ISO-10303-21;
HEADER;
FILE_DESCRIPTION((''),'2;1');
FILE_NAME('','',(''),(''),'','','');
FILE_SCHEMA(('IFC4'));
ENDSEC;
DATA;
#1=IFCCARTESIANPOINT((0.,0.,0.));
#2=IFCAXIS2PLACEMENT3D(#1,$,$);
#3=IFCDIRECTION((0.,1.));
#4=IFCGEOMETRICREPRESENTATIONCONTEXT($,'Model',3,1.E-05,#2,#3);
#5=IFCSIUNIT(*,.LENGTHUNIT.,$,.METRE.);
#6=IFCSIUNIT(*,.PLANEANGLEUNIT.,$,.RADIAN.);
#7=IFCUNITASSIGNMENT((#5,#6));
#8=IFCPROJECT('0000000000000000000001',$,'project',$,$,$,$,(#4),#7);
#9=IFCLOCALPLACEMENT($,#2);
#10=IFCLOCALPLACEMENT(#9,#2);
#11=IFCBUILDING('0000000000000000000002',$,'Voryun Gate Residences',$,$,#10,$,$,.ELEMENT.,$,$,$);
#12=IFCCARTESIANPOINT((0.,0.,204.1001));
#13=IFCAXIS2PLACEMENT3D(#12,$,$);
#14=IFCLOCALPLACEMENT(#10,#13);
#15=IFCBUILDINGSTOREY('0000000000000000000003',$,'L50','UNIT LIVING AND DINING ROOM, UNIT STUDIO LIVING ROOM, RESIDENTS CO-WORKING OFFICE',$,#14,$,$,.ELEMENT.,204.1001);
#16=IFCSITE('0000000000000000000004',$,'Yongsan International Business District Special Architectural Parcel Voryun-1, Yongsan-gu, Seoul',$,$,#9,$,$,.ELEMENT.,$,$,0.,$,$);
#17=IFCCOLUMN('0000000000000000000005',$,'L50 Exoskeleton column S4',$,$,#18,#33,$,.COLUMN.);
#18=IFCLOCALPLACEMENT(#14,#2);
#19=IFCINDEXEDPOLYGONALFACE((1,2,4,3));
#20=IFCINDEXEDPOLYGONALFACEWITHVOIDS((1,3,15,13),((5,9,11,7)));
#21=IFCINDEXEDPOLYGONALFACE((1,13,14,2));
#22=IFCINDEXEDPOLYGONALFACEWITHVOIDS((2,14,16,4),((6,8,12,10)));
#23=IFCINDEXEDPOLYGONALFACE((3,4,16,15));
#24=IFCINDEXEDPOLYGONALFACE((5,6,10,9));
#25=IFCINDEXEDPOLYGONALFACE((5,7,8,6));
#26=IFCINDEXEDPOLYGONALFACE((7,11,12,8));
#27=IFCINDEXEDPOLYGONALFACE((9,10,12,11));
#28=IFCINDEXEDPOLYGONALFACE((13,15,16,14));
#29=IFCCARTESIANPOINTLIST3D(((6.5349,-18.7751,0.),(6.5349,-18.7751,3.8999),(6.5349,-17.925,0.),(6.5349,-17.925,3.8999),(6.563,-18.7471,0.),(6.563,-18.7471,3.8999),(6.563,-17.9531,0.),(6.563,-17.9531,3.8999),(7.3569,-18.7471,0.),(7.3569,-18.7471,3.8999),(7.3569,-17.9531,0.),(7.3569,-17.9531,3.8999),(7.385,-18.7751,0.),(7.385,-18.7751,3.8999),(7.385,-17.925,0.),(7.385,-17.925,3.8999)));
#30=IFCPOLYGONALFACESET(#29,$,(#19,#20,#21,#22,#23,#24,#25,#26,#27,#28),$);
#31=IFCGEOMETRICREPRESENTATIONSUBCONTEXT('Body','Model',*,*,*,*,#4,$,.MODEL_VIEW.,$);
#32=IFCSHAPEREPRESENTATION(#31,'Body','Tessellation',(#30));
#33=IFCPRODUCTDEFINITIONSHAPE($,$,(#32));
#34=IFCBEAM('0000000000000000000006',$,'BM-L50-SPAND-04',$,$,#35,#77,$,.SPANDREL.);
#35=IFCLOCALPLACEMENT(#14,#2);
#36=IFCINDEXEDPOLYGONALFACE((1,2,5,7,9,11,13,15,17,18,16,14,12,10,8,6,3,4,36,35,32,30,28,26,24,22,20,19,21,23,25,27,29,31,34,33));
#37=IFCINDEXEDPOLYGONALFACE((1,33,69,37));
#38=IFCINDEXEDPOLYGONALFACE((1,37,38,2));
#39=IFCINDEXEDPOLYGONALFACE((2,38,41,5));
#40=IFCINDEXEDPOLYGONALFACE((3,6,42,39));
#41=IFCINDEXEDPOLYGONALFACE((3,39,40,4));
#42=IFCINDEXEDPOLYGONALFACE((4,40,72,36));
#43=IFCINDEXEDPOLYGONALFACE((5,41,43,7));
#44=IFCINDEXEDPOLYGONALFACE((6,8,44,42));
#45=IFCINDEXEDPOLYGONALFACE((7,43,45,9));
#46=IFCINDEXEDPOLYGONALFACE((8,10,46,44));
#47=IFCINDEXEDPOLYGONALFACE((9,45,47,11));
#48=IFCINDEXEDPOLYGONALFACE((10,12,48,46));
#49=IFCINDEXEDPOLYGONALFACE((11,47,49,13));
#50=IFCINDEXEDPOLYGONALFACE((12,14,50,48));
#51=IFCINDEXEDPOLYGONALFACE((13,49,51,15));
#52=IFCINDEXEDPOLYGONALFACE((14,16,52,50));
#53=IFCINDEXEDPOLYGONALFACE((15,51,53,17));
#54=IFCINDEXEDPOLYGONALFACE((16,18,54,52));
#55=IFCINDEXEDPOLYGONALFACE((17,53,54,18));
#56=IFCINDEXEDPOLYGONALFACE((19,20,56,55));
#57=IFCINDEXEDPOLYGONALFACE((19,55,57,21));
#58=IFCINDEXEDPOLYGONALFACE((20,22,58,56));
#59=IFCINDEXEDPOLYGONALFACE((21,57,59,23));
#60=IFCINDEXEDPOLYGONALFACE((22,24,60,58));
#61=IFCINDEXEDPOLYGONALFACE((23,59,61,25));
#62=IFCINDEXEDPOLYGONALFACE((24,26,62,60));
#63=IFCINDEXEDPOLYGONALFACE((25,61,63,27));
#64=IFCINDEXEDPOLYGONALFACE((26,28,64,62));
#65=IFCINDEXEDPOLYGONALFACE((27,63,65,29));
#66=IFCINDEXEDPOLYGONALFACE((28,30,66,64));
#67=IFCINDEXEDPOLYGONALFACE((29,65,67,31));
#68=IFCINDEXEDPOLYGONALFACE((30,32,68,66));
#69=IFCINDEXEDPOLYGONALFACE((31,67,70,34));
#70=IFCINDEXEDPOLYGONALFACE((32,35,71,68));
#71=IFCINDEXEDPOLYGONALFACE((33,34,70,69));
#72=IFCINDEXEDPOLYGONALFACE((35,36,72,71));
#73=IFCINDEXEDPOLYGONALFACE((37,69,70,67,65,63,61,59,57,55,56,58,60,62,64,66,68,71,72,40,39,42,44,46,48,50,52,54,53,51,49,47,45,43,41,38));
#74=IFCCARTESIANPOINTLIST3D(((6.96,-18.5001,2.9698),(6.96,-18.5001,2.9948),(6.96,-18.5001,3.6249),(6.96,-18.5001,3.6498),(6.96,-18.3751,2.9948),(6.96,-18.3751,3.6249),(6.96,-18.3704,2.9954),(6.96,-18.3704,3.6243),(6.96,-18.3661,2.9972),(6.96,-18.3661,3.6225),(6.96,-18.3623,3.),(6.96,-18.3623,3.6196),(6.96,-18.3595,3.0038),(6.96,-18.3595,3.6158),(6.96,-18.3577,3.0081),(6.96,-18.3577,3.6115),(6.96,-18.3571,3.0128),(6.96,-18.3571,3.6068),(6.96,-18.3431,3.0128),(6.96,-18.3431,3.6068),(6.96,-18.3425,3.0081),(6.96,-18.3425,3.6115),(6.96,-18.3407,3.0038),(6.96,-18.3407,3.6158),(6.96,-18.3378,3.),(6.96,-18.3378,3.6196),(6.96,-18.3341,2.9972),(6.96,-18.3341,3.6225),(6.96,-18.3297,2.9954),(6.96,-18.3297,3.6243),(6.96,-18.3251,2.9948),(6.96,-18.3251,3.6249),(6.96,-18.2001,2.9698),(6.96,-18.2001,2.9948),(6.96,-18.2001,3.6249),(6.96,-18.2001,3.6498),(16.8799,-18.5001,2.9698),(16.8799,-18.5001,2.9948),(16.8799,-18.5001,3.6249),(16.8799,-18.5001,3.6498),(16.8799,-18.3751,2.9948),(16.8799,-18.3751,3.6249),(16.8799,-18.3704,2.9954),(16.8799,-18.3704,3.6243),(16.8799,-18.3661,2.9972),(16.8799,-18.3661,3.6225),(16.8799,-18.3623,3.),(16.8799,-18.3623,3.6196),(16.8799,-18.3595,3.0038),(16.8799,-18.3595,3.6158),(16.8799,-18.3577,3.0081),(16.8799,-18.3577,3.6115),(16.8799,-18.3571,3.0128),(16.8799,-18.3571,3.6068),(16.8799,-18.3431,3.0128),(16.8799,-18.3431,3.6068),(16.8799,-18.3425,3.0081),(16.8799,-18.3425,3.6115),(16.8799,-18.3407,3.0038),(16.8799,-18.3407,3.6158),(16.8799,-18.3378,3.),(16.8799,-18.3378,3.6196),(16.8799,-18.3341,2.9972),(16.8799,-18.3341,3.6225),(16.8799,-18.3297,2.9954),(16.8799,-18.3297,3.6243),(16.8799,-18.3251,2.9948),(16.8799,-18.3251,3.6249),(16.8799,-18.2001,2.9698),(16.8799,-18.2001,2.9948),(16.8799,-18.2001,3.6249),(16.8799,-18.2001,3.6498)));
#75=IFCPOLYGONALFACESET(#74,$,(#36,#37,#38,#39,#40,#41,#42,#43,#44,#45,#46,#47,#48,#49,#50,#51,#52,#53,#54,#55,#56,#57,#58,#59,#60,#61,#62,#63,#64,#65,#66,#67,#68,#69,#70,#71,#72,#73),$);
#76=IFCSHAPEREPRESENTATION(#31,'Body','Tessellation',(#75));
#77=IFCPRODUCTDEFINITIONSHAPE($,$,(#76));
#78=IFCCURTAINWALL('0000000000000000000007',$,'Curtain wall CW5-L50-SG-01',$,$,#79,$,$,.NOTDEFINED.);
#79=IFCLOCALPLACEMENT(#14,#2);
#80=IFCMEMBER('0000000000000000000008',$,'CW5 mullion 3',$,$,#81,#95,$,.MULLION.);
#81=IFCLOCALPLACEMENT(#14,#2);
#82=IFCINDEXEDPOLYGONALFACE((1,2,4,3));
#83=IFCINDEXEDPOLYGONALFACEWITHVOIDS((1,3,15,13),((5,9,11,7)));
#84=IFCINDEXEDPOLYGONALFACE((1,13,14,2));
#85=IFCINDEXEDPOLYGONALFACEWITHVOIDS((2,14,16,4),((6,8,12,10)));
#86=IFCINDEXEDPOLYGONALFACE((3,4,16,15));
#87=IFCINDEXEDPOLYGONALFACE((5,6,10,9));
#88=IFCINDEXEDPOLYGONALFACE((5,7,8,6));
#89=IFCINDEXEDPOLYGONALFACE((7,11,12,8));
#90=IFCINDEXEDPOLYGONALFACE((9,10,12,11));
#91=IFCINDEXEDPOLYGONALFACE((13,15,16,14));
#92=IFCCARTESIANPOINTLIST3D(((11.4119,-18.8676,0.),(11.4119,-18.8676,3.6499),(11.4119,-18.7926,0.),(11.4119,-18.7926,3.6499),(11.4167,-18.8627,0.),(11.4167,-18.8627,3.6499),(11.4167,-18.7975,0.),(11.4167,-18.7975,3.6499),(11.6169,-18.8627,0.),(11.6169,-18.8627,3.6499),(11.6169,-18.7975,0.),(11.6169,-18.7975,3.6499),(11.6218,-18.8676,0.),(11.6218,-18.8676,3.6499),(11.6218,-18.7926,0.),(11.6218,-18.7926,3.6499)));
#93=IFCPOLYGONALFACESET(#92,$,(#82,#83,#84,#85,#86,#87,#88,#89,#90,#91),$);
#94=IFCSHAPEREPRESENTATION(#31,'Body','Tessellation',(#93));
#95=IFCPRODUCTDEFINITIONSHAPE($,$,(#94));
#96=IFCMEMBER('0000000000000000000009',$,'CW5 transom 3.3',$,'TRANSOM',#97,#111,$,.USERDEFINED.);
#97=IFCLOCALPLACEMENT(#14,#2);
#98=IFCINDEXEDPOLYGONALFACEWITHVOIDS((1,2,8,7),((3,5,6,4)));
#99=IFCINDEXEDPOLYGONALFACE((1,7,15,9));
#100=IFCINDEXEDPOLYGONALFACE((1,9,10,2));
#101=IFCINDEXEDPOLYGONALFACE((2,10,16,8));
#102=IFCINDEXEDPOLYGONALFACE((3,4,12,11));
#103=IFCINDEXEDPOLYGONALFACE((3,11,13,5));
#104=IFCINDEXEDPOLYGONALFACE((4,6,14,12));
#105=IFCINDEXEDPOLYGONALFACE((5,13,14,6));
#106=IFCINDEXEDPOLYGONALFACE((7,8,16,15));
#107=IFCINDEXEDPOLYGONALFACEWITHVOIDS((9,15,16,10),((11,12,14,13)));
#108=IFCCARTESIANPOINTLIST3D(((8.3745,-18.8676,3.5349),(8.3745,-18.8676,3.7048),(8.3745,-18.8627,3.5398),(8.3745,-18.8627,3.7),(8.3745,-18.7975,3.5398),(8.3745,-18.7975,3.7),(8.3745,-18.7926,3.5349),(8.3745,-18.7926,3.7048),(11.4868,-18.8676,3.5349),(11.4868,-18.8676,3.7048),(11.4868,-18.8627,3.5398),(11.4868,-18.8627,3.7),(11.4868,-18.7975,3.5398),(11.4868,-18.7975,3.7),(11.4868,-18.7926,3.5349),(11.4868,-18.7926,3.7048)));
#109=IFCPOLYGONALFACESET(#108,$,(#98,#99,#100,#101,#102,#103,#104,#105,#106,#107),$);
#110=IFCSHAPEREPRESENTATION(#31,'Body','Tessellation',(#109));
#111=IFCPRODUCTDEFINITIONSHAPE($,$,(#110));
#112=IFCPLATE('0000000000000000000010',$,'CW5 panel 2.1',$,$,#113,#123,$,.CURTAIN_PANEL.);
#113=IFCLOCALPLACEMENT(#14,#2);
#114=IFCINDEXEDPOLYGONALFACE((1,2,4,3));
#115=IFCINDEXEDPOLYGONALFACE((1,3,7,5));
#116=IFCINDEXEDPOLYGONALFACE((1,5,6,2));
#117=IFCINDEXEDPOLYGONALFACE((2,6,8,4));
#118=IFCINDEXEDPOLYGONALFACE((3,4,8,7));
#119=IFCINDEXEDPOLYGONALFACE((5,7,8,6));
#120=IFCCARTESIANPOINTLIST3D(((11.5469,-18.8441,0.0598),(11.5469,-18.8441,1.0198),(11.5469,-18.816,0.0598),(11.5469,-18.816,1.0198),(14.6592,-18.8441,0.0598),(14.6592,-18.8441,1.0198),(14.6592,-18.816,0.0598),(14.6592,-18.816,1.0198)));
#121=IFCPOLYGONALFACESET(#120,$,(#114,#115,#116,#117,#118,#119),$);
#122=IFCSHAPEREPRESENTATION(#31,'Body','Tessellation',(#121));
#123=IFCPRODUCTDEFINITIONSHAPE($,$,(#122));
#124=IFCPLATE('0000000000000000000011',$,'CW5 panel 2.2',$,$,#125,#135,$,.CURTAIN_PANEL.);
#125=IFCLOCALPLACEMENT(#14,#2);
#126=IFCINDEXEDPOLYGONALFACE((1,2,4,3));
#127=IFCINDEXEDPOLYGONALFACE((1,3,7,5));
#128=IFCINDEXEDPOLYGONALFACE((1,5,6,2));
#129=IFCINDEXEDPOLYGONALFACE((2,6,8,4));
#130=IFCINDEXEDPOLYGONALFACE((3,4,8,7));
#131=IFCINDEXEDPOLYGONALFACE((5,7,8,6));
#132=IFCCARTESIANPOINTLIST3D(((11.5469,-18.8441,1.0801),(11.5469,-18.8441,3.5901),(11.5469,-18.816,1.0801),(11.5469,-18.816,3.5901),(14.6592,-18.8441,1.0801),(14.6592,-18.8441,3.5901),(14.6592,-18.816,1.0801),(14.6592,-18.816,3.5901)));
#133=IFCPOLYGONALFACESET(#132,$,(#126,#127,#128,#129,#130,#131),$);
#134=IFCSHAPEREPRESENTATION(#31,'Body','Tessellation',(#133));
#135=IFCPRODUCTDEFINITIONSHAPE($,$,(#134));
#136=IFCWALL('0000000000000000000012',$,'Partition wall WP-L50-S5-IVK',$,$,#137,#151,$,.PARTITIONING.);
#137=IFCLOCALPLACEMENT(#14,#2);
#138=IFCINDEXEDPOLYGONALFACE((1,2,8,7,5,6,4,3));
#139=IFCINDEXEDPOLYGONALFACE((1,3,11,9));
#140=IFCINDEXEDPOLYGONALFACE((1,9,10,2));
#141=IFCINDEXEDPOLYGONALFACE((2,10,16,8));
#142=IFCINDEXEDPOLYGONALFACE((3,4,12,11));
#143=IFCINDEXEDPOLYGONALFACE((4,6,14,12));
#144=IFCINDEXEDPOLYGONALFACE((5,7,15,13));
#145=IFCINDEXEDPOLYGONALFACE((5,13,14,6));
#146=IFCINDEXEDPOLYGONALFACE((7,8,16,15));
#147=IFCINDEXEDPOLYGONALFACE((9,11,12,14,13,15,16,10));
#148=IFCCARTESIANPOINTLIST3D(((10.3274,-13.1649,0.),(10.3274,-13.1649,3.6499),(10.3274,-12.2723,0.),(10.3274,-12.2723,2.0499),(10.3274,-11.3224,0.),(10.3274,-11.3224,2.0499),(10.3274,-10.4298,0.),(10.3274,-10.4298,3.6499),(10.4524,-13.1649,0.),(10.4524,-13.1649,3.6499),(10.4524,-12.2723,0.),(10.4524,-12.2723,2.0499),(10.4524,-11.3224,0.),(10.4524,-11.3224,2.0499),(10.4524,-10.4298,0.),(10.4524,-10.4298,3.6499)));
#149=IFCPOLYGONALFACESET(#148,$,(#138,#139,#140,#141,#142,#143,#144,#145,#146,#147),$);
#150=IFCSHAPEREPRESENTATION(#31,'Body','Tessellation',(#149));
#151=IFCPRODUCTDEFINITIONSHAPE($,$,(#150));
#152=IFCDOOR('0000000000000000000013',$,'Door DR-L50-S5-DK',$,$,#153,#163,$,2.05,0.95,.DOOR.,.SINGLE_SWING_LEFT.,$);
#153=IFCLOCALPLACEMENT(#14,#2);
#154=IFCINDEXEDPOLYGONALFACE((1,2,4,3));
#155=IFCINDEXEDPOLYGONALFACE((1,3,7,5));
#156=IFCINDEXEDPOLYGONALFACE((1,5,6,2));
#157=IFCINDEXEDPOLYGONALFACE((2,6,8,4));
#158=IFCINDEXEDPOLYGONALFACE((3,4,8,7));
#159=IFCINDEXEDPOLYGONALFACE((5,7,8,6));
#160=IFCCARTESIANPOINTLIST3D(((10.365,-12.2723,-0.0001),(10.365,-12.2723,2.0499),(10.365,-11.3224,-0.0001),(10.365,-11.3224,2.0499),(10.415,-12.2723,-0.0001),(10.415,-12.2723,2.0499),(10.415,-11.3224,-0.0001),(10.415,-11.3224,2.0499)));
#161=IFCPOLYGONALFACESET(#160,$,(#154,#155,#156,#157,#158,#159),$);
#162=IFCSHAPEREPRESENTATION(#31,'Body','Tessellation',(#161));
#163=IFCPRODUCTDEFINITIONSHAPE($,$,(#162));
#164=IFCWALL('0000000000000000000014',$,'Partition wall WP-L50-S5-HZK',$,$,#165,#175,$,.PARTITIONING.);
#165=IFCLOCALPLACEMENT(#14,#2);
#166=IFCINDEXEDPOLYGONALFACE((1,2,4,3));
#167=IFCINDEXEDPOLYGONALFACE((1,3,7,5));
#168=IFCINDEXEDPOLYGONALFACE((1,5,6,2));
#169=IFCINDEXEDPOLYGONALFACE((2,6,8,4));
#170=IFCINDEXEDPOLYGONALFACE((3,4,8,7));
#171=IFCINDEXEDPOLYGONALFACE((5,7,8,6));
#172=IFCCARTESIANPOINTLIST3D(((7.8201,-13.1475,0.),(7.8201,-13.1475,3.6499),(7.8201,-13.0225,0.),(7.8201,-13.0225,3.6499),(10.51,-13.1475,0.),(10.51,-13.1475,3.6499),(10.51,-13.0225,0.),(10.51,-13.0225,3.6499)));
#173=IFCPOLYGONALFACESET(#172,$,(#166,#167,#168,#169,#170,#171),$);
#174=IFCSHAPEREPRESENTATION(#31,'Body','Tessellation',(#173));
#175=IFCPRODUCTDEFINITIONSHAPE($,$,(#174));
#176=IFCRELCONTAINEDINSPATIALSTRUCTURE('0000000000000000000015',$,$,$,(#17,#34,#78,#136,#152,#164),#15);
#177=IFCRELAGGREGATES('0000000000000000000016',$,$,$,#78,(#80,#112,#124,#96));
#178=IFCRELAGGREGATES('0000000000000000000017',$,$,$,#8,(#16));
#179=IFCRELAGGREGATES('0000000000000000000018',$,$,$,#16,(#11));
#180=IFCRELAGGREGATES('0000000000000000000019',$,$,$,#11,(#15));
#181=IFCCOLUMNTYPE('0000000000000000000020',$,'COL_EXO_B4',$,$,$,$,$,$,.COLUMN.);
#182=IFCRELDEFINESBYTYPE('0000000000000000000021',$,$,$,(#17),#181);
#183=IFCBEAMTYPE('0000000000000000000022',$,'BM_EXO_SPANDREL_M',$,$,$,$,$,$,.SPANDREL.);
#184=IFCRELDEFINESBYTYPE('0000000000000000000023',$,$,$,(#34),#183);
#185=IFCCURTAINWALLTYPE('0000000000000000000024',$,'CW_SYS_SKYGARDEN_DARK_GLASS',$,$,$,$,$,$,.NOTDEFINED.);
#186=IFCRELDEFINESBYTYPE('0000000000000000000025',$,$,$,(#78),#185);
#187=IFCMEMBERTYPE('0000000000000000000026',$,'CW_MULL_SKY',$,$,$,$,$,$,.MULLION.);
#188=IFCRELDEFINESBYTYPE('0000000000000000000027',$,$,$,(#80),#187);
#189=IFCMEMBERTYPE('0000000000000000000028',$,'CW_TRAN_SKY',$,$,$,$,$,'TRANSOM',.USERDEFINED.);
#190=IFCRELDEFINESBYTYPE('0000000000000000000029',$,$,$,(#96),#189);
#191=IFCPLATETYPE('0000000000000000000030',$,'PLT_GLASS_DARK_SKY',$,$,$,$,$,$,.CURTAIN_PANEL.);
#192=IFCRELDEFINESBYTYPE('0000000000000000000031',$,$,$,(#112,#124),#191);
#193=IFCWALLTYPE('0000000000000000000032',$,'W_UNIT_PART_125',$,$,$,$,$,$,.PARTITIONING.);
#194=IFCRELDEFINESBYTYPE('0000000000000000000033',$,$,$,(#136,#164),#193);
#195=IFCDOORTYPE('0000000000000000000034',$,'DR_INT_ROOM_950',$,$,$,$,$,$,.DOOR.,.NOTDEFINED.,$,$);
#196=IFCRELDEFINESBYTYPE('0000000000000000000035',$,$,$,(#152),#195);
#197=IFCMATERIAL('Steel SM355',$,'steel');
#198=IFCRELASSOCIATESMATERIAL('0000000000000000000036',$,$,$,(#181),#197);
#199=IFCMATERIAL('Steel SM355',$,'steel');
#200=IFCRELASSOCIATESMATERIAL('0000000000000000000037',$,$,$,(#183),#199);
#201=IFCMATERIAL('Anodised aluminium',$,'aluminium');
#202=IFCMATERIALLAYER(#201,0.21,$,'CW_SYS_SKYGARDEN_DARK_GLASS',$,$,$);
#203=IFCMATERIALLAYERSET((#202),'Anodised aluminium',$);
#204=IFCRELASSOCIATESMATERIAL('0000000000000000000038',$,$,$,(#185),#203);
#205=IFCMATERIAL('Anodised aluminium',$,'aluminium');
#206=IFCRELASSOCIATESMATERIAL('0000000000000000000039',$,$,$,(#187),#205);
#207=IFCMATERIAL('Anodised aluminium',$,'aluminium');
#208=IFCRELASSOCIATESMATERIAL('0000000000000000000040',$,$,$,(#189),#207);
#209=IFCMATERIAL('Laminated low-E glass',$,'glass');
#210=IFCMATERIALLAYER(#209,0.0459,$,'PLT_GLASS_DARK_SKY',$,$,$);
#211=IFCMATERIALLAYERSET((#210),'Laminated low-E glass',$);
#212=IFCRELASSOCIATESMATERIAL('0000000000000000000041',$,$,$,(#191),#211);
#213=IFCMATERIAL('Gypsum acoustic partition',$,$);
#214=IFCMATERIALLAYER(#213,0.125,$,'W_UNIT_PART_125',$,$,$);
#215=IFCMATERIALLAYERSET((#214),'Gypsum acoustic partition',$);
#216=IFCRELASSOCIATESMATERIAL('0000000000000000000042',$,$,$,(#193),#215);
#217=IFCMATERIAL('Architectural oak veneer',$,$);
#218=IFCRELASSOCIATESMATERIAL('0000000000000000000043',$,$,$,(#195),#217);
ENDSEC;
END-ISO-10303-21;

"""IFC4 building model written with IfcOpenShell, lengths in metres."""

from ifc_helpers import new_model, si_unit, direction, frame, frame_2d, origin, origin_2d, place, context, subcontext, project, spatial, rectangle, hollow_rectangle, i_section, extrude, material, layer, layer_set, material_profile, profile_set, type_object, element, fill, aggregate, save


model = new_model("IFC4")

# Units and contexts
model_context = context("Model", 3, precision=1e-05, world=origin(), true_north=direction((0.0, 1.0)))
body_context = subcontext(model_context, "Body", "Model", "MODEL_VIEW")
ifc_project = project(units=[si_unit("LENGTHUNIT", "METRE"), si_unit("PLANEANGLEUNIT", "RADIAN")], contexts=[model_context])

# Site, building, storey
site_placement = place(None, origin())
site = spatial("IfcSite", under=ifc_project, at=site_placement, Name="Yongsan International Business District Special Architectural Parcel Voryun-1, Yongsan-gu, Seoul", CompositionType="ELEMENT", RefElevation=0.0)
building_placement = place(site_placement, origin())
building = spatial("IfcBuilding", under=site, at=building_placement, Name="Voryun Gate Residences", CompositionType="ELEMENT")
storey_placement = place(building_placement, frame((0.0, 0.0, 204.1001)))
storey = spatial("IfcBuildingStorey", under=building, at=storey_placement, Name="L50", Description="UNIT LIVING AND DINING ROOM, UNIT STUDIO LIVING ROOM, RESIDENTS CO-WORKING OFFICE", CompositionType="ELEMENT", Elevation=204.1001)

# Column
ifc_material_1 = material(Name="Steel SM355", Category="steel")
ifc_material_profile_1 = material_profile(ifc_material_1, hollow_rectangle(XDim=0.8501, YDim=0.8501, WallThickness=0.0281, at=origin_2d()), Name="BOX-850x850x28")
ifc_profile_set_1 = profile_set([ifc_material_profile_1], Name="Steel SM355")
column_type = type_object("IfcColumnType", Name="COL_EXO_B4", PredefinedType="COLUMN", material=ifc_profile_set_1)
column_placement = place(storey_placement, frame((6.96, -18.3501, 0.0), z_axis=(0.0, 0.0, 1.0), x_axis=(1.0, 0.0, 0.0)))
element("IfcColumn", 1, at=column_placement, inside=storey, type_object=column_type, Name="L50 Exoskeleton column S4", PredefinedType="COLUMN", context=body_context, shape_type="SweptSolid", body=[
    extrude(hollow_rectangle(XDim=0.8501, YDim=0.8501, WallThickness=0.0281, at=origin_2d()), origin(), (0.0, 0.0, 1.0), 3.8999),
])

# Beam
ifc_material_2 = material(Name="Steel SM355", Category="steel")
ifc_material_profile_2 = material_profile(ifc_material_2, i_section(OverallWidth=0.3, OverallDepth=0.6799, WebThickness=0.0139, FlangeThickness=0.0249, FilletRadius=0.0181, at=origin_2d()), Name="H-680x300x14x25")
ifc_profile_set_2 = profile_set([ifc_material_profile_2], Name="Steel SM355")
beam_type = type_object("IfcBeamType", Name="BM_EXO_SPANDREL_M", PredefinedType="SPANDREL", material=ifc_profile_set_2)
beam_placement = place(storey_placement, frame((6.96, -18.3501, 3.3098), z_axis=(1.0, 0.0, 0.0), x_axis=(0.0, 1.0, 0.0)))
element("IfcBeam", 2, at=beam_placement, inside=storey, type_object=beam_type, Name="BM-L50-SPAND-04", PredefinedType="SPANDREL", context=body_context, shape_type="SweptSolid", body=[
    extrude(i_section(OverallWidth=0.3, OverallDepth=0.6799, WebThickness=0.0139, FlangeThickness=0.0249, FilletRadius=0.0181, at=origin_2d()), origin(), (0.0, 0.0, 1.0), 9.9199),
])

# Curtain wall, members, plates
ifc_material_3 = material(Name="Anodised aluminium", Category="aluminium")
ifc_layer_1 = layer(ifc_material_3, 0.21, Name="CW_SYS_SKYGARDEN_DARK_GLASS")
ifc_layer_set_1 = layer_set([ifc_layer_1], Name="Anodised aluminium")
curtain_wall_type = type_object("IfcCurtainWallType", Name="CW_SYS_SKYGARDEN_DARK_GLASS", PredefinedType="NOTDEFINED", material=ifc_layer_set_1)
curtain_wall_placement = place(storey_placement, origin())
curtain_wall = element("IfcCurtainWall", 3, at=curtain_wall_placement, inside=storey, type_object=curtain_wall_type, Name="Curtain wall CW5-L50-SG-01", PredefinedType="NOTDEFINED")
ifc_material_4 = material(Name="Anodised aluminium", Category="aluminium")
ifc_material_profile_3 = material_profile(ifc_material_4, hollow_rectangle(XDim=0.075, YDim=0.21, WallThickness=0.0049, at=origin_2d()), Name="ALU-MULL-210x75x5")
ifc_profile_set_3 = profile_set([ifc_material_profile_3], Name="Anodised aluminium")
member_type_1 = type_object("IfcMemberType", Name="CW_MULL_SKY", PredefinedType="MULLION", material=ifc_profile_set_3)
member_1_placement = place(storey_placement, frame((11.5168, -18.8301, 0.0), z_axis=(0.0, 0.0, 1.0), x_axis=(0.0, -1.0, 0.0)))
member_1 = element("IfcMember", 4, at=member_1_placement, type_object=member_type_1, Name="CW5 mullion 3", PredefinedType="MULLION", context=body_context, shape_type="SweptSolid", body=[
    extrude(hollow_rectangle(XDim=0.075, YDim=0.21, WallThickness=0.0049, at=origin_2d()), origin(), (0.0, 0.0, 1.0), 3.6499),
])
ifc_material_5 = material(Name="Anodised aluminium", Category="aluminium")
ifc_material_profile_4 = material_profile(ifc_material_5, hollow_rectangle(XDim=0.075, YDim=0.1699, WallThickness=0.0049, at=origin_2d()), Name="ALU-TRAN-170x75x5")
ifc_profile_set_4 = profile_set([ifc_material_profile_4], Name="Anodised aluminium")
member_type_2 = type_object("IfcMemberType", Name="CW_TRAN_SKY", ElementType="TRANSOM", PredefinedType="USERDEFINED", material=ifc_profile_set_4)
member_2_placement = place(storey_placement, frame((11.4868, -18.8301, 3.6199), z_axis=(-1.0, 0.0, 0.0), x_axis=(0.0, -1.0, 0.0)))
member_2 = element("IfcMember", 5, at=member_2_placement, type_object=member_type_2, Name="CW5 transom 3.3", ObjectType="TRANSOM", PredefinedType="USERDEFINED", context=body_context, shape_type="SweptSolid", body=[
    extrude(hollow_rectangle(XDim=0.075, YDim=0.1699, WallThickness=0.0049, at=origin_2d()), origin(), (0.0, 0.0, 1.0), 3.1123),
])
ifc_material_6 = material(Name="Laminated low-E glass", Category="glass")
ifc_layer_2 = layer(ifc_material_6, 0.0459, Name="PLT_GLASS_DARK_SKY")
ifc_layer_set_2 = layer_set([ifc_layer_2], Name="Laminated low-E glass")
plate_type = type_object("IfcPlateType", Name="PLT_GLASS_DARK_SKY", PredefinedType="CURTAIN_PANEL", material=ifc_layer_set_2)
plate_1_placement = place(storey_placement, frame((13.103, -18.8301, 0.0598), z_axis=(0.0, 0.0, 1.0), x_axis=(-1.0, 0.0, 0.0)))
plate_1 = element("IfcPlate", 6, at=plate_1_placement, type_object=plate_type, Name="CW5 panel 2.1", PredefinedType="CURTAIN_PANEL", context=body_context, shape_type="SweptSolid", body=[
    extrude(rectangle(XDim=3.1123, YDim=0.0281, at=origin_2d()), origin(), (0.0, 0.0, 1.0), 0.96),
])
plate_2_placement = place(storey_placement, frame((13.103, -18.8301, 1.0801), z_axis=(0.0, 0.0, 1.0), x_axis=(-1.0, 0.0, 0.0)))
plate_2 = element("IfcPlate", 7, at=plate_2_placement, type_object=plate_type, Name="CW5 panel 2.2", PredefinedType="CURTAIN_PANEL", context=body_context, shape_type="SweptSolid", body=[
    extrude(rectangle(XDim=3.1123, YDim=0.0281, at=origin_2d()), origin(), (0.0, 0.0, 1.0), 2.51),
])
aggregate(curtain_wall, [member_1, plate_1, plate_2, member_2])

# Wall, opening, door
ifc_material_7 = material(Name="Gypsum acoustic partition")
ifc_layer_3 = layer(ifc_material_7, 0.125, Name="W_UNIT_PART_125")
ifc_layer_set_3 = layer_set([ifc_layer_3], Name="Gypsum acoustic partition")
wall_type_1 = type_object("IfcWallType", Name="W_UNIT_PART_125", PredefinedType="PARTITIONING", material=ifc_layer_set_3)
wall_1_placement = place(storey_placement, frame((10.3899, -13.165, 0.0), z_axis=(0.0, 0.0, 1.0), x_axis=(0.0, 1.0, 0.0)))
wall_1 = element("IfcWall", 8, at=wall_1_placement, inside=storey, type_object=wall_type_1, Name="Partition wall WP-L50-S5-IVK", PredefinedType="PARTITIONING", context=body_context, shape_type="SweptSolid", body=[
    extrude(rectangle(XDim=2.7351, YDim=0.125, at=frame_2d((1.3677, 0.0))), origin(), (0.0, 0.0, 1.0), 3.6499),
])
opening_1_placement = place(wall_1_placement, frame((0.8926, 0.0, 0.0)))
opening_1 = element("IfcOpeningElement", 9, at=opening_1_placement, cuts=wall_1, PredefinedType="OPENING", context=body_context, shape_type="SweptSolid", body=[
    extrude(rectangle(XDim=0.95, YDim=2.05, at=frame_2d((0.4751, 1.0249))), frame((0.0, 0.0725, 0.0), z_axis=(0.0, -1.0, 0.0), x_axis=(1.0, 0.0, 0.0)), (0.0, 0.0, 1.0), 0.145),
])
ifc_material_8 = material(Name="Architectural oak veneer")
door_type_1 = type_object("IfcDoorType", Name="DR_INT_ROOM_950", OperationType="NOTDEFINED", PredefinedType="DOOR", material=ifc_material_8)
door_1_placement = place(opening_1_placement, origin())
door_1 = element("IfcDoor", 10, at=door_1_placement, inside=storey, type_object=door_type_1, Name="Door DR-L50-S5-DK", OperationType="SINGLE_SWING_LEFT", OverallHeight=2.05, OverallWidth=0.95, PredefinedType="DOOR", context=body_context, shape_type="SweptSolid", body=[
    extrude(rectangle(XDim=0.95, YDim=2.05, at=frame_2d((0.4751, 1.0249))), frame((0.0, 0.0249, 0.0), z_axis=(0.0, -1.0, 0.0), x_axis=(1.0, 0.0, 0.0)), (0.0, 0.0, 1.0), 0.05),
])
fill(opening_1, door_1)

# Wall
wall_2_placement = place(storey_placement, frame((7.8201, -13.085, 0.0), z_axis=(0.0, 0.0, 1.0), x_axis=(1.0, 0.0, 0.0)))
element("IfcWall", 11, at=wall_2_placement, inside=storey, type_object=wall_type_1, Name="Partition wall WP-L50-S5-HZK", PredefinedType="PARTITIONING", context=body_context, shape_type="SweptSolid", body=[
    extrude(rectangle(XDim=2.6899, YDim=0.125, at=frame_2d((1.345, 0.0))), origin(), (0.0, 0.0, 1.0), 3.6499),
])

save(model, "model.ifc")
